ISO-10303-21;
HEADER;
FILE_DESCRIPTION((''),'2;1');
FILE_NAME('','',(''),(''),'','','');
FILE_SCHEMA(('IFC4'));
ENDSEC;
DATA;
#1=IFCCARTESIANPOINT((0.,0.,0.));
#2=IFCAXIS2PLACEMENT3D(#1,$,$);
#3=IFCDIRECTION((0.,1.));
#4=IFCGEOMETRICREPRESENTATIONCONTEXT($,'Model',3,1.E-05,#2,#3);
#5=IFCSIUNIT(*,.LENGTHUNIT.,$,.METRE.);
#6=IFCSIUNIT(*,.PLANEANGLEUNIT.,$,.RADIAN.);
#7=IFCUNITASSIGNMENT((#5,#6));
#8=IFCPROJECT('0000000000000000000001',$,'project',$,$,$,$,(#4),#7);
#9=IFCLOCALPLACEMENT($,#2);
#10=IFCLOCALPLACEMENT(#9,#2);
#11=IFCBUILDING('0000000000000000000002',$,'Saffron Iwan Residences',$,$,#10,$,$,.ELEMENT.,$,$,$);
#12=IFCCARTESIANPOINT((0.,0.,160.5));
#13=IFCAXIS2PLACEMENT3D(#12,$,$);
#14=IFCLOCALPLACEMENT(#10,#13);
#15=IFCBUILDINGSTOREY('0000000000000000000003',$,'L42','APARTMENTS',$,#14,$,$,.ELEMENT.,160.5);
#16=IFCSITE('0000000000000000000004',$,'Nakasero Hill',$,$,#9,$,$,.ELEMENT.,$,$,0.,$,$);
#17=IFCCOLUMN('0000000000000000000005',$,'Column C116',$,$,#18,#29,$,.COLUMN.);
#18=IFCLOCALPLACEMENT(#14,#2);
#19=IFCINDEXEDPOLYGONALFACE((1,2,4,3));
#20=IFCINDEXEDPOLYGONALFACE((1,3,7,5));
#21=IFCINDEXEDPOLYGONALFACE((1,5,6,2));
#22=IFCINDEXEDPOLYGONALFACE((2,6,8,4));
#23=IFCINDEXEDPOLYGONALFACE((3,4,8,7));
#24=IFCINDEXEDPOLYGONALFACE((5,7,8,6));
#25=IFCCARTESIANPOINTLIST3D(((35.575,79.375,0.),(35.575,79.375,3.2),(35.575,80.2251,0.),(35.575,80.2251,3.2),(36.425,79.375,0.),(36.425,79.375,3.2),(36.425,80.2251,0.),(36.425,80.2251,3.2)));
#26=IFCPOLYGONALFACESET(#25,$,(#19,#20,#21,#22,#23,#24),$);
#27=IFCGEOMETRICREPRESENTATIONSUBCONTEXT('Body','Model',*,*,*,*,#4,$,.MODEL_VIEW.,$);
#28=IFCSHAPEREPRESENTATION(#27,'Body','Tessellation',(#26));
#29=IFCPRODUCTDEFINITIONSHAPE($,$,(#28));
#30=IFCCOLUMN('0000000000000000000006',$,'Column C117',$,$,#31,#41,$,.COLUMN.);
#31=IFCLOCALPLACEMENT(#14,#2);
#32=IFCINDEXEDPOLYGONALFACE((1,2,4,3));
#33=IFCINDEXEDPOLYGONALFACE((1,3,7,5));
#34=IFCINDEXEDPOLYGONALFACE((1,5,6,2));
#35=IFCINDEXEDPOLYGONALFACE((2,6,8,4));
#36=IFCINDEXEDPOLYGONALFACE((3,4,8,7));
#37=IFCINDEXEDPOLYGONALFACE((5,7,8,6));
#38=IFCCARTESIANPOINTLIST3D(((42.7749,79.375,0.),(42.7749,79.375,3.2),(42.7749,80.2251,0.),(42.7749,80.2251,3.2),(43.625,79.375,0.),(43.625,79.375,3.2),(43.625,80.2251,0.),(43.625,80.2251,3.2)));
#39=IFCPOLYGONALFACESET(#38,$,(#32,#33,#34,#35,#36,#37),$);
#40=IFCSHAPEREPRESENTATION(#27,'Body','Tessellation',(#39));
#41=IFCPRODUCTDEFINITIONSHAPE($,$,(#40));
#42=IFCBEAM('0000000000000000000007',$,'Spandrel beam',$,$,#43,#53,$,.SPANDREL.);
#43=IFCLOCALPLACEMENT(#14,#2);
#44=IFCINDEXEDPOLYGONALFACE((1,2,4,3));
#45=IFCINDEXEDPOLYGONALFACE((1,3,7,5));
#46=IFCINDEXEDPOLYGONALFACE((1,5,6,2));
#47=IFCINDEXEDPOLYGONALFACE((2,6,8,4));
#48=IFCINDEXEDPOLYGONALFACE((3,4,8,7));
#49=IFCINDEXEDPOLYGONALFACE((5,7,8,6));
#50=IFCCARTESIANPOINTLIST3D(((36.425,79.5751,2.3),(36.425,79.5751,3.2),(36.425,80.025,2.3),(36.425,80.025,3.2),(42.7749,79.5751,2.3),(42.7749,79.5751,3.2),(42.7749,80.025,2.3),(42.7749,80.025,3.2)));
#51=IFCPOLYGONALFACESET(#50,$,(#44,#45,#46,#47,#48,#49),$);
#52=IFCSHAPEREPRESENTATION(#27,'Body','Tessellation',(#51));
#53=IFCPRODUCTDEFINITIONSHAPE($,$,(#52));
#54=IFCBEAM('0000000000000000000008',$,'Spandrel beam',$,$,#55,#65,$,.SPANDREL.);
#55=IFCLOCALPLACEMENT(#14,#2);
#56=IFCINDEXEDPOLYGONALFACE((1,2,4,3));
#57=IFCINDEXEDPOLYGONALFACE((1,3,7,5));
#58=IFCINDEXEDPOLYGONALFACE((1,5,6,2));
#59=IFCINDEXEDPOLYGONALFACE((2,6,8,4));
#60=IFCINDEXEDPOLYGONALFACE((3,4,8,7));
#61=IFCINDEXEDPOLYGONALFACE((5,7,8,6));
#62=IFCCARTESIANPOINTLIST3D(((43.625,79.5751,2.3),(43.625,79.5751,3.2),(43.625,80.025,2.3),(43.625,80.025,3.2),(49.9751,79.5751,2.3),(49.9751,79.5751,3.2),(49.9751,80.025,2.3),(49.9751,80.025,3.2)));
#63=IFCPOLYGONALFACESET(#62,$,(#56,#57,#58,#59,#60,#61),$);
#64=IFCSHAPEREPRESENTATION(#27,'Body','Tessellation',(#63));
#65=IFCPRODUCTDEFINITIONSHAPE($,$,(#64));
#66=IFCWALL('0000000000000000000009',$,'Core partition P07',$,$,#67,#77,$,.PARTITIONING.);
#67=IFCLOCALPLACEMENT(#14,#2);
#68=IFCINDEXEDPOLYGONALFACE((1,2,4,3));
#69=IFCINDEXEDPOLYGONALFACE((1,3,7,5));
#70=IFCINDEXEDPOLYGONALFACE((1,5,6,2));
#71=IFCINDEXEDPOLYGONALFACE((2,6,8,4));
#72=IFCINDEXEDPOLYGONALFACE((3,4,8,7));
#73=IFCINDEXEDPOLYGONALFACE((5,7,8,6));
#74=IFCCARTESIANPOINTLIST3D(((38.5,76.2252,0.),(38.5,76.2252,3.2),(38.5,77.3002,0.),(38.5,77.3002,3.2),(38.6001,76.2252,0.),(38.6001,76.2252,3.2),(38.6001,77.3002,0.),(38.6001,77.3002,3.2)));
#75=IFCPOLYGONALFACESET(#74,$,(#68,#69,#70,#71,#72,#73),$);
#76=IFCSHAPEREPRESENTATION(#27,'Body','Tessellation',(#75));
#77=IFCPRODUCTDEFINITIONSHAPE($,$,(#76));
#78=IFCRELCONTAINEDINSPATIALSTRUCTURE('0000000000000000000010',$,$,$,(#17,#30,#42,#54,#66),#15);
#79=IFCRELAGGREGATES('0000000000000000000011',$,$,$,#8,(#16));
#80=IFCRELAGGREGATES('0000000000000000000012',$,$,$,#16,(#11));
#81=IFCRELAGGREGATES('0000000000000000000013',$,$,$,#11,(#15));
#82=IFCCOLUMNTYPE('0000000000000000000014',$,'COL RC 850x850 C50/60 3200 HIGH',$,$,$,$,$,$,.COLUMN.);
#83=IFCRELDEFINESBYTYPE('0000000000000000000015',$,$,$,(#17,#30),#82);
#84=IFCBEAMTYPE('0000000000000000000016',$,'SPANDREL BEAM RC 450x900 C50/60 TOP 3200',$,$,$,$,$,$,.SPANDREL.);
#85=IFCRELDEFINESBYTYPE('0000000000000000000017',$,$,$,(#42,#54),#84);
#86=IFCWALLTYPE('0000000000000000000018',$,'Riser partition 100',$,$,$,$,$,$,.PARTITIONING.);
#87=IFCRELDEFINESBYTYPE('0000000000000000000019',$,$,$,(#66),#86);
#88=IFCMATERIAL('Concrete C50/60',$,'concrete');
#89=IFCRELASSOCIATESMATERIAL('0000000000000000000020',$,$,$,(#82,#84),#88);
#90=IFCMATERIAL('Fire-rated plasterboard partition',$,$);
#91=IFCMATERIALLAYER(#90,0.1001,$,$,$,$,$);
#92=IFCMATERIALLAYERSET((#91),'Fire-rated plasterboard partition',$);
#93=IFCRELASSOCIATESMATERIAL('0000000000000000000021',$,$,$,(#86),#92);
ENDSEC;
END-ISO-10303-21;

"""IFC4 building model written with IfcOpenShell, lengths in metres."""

from ifc_helpers import new_model, si_unit, direction, frame, frame_2d, origin, origin_2d, place, context, subcontext, project, spatial, rectangle, extrude, source, transform, mapped, material, layer, layer_set, material_profile, profile_set, type_object, element, save


model = new_model("IFC4")

# Units and contexts
model_context = context("Model", 3, precision=1e-05, world=origin(), true_north=direction((0.0, 1.0)))
body_context = subcontext(model_context, "Body", "Model", "MODEL_VIEW")
ifc_project = project(units=[si_unit("LENGTHUNIT", "METRE"), si_unit("PLANEANGLEUNIT", "RADIAN")], contexts=[model_context])

# Site, building, storey
site_placement = place(None, origin())
site = spatial("IfcSite", under=ifc_project, at=site_placement, Name="Nakasero Hill", CompositionType="ELEMENT", RefElevation=0.0)
building_placement = place(site_placement, origin())
building = spatial("IfcBuilding", under=site, at=building_placement, Name="Saffron Iwan Residences", CompositionType="ELEMENT")
storey_placement = place(building_placement, frame((0.0, 0.0, 160.5)))
storey = spatial("IfcBuildingStorey", under=building, at=storey_placement, Name="L42", Description="APARTMENTS", CompositionType="ELEMENT", Elevation=160.5)

# Columns
ifc_material_1 = material(Name="Concrete C50/60", Category="concrete")
ifc_material_profile_1 = material_profile(ifc_material_1, rectangle(XDim=0.8501, YDim=0.8501, at=origin_2d()), Name="RC 850x850")
ifc_profile_set_1 = profile_set([ifc_material_profile_1], Name="Concrete C50/60")
column_type = type_object("IfcColumnType", Name="COL RC 850x850 C50/60 3200 HIGH", PredefinedType="COLUMN", material=ifc_profile_set_1)
shared_shape_1 = source(origin(), body_context, "Body", "SweptSolid", [
    extrude(rectangle(XDim=0.8501, YDim=0.8501, at=origin_2d()), origin(), (0.0, 0.0, 1.0), 3.2),
])
for number, where, z_axis, x_axis, name in (
    (1, (36.0, 79.8, 0.0), (0.0, 0.0, 1.0), (1.0, 0.0, 0.0), "Column C116"),
    (2, (43.2, 79.8, 0.0), (0.0, 0.0, 1.0), (1.0, 0.0, 0.0), "Column C117"),
):
    element("IfcColumn", number, at=place(storey_placement, frame(where, z_axis=z_axis, x_axis=x_axis)), inside=storey, type_object=column_type, Name=name, PredefinedType="COLUMN", context=body_context, shape_type="MappedRepresentation", body=[
        mapped(shared_shape_1, transform((0.0, 0.0, 0.0))),
    ])

# Beams
ifc_material_profile_2 = material_profile(ifc_material_1, rectangle(XDim=0.45, YDim=0.8999, at=origin_2d()), Name="RC 450x900")
ifc_profile_set_2 = profile_set([ifc_material_profile_2], Name="Concrete C50/60")
beam_type = type_object("IfcBeamType", Name="SPANDREL BEAM RC 450x900 C50/60 TOP 3200", PredefinedType="SPANDREL", material=ifc_profile_set_2)
shared_shape_2 = source(origin(), body_context, "Body", "SweptSolid", [
    extrude(rectangle(XDim=0.45, YDim=0.8999, at=origin_2d()), origin(), (0.0, 0.0, 1.0), 6.3499),
])
beam_1_placement = place(storey_placement, frame((36.425, 79.8, 2.75), z_axis=(1.0, 0.0, 0.0), x_axis=(0.0, 1.0, 0.0)))
element("IfcBeam", 3, at=beam_1_placement, inside=storey, type_object=beam_type, Name="Spandrel beam", PredefinedType="SPANDREL", context=body_context, shape_type="MappedRepresentation", body=[
    mapped(shared_shape_2, transform((0.0, 0.0, 0.0))),
])
shared_shape_3 = source(origin(), body_context, "Body", "SweptSolid", [
    extrude(rectangle(XDim=0.45, YDim=0.8999, at=origin_2d()), origin(), (0.0, 0.0, 1.0), 6.3501),
])
beam_2_placement = place(storey_placement, frame((43.625, 79.8, 2.75), z_axis=(1.0, 0.0, 0.0), x_axis=(0.0, 1.0, 0.0)))
element("IfcBeam", 4, at=beam_2_placement, inside=storey, type_object=beam_type, Name="Spandrel beam", PredefinedType="SPANDREL", context=body_context, shape_type="MappedRepresentation", body=[
    mapped(shared_shape_3, transform((0.0, 0.0, 0.0))),
])

# Wall
ifc_material_2 = material(Name="Fire-rated plasterboard partition")
ifc_layer_1 = layer(ifc_material_2, 0.1001)
ifc_layer_set_1 = layer_set([ifc_layer_1], Name="Fire-rated plasterboard partition")
wall_type_1 = type_object("IfcWallType", Name="Riser partition 100", PredefinedType="PARTITIONING", material=ifc_layer_set_1)
wall_1_placement = place(storey_placement, frame((38.55, 76.2251, 0.0), z_axis=(0.0, 0.0, 1.0), x_axis=(0.0, 1.0, 0.0)))
element("IfcWall", 5, at=wall_1_placement, inside=storey, type_object=wall_type_1, Name="Core partition P07", PredefinedType="PARTITIONING", context=body_context, shape_type="SweptSolid", body=[
    extrude(rectangle(XDim=1.075, YDim=0.1001, at=frame_2d((0.5376, 0.0))), origin(), (0.0, 0.0, 1.0), 3.2),
])

save(model, "model.ifc")
